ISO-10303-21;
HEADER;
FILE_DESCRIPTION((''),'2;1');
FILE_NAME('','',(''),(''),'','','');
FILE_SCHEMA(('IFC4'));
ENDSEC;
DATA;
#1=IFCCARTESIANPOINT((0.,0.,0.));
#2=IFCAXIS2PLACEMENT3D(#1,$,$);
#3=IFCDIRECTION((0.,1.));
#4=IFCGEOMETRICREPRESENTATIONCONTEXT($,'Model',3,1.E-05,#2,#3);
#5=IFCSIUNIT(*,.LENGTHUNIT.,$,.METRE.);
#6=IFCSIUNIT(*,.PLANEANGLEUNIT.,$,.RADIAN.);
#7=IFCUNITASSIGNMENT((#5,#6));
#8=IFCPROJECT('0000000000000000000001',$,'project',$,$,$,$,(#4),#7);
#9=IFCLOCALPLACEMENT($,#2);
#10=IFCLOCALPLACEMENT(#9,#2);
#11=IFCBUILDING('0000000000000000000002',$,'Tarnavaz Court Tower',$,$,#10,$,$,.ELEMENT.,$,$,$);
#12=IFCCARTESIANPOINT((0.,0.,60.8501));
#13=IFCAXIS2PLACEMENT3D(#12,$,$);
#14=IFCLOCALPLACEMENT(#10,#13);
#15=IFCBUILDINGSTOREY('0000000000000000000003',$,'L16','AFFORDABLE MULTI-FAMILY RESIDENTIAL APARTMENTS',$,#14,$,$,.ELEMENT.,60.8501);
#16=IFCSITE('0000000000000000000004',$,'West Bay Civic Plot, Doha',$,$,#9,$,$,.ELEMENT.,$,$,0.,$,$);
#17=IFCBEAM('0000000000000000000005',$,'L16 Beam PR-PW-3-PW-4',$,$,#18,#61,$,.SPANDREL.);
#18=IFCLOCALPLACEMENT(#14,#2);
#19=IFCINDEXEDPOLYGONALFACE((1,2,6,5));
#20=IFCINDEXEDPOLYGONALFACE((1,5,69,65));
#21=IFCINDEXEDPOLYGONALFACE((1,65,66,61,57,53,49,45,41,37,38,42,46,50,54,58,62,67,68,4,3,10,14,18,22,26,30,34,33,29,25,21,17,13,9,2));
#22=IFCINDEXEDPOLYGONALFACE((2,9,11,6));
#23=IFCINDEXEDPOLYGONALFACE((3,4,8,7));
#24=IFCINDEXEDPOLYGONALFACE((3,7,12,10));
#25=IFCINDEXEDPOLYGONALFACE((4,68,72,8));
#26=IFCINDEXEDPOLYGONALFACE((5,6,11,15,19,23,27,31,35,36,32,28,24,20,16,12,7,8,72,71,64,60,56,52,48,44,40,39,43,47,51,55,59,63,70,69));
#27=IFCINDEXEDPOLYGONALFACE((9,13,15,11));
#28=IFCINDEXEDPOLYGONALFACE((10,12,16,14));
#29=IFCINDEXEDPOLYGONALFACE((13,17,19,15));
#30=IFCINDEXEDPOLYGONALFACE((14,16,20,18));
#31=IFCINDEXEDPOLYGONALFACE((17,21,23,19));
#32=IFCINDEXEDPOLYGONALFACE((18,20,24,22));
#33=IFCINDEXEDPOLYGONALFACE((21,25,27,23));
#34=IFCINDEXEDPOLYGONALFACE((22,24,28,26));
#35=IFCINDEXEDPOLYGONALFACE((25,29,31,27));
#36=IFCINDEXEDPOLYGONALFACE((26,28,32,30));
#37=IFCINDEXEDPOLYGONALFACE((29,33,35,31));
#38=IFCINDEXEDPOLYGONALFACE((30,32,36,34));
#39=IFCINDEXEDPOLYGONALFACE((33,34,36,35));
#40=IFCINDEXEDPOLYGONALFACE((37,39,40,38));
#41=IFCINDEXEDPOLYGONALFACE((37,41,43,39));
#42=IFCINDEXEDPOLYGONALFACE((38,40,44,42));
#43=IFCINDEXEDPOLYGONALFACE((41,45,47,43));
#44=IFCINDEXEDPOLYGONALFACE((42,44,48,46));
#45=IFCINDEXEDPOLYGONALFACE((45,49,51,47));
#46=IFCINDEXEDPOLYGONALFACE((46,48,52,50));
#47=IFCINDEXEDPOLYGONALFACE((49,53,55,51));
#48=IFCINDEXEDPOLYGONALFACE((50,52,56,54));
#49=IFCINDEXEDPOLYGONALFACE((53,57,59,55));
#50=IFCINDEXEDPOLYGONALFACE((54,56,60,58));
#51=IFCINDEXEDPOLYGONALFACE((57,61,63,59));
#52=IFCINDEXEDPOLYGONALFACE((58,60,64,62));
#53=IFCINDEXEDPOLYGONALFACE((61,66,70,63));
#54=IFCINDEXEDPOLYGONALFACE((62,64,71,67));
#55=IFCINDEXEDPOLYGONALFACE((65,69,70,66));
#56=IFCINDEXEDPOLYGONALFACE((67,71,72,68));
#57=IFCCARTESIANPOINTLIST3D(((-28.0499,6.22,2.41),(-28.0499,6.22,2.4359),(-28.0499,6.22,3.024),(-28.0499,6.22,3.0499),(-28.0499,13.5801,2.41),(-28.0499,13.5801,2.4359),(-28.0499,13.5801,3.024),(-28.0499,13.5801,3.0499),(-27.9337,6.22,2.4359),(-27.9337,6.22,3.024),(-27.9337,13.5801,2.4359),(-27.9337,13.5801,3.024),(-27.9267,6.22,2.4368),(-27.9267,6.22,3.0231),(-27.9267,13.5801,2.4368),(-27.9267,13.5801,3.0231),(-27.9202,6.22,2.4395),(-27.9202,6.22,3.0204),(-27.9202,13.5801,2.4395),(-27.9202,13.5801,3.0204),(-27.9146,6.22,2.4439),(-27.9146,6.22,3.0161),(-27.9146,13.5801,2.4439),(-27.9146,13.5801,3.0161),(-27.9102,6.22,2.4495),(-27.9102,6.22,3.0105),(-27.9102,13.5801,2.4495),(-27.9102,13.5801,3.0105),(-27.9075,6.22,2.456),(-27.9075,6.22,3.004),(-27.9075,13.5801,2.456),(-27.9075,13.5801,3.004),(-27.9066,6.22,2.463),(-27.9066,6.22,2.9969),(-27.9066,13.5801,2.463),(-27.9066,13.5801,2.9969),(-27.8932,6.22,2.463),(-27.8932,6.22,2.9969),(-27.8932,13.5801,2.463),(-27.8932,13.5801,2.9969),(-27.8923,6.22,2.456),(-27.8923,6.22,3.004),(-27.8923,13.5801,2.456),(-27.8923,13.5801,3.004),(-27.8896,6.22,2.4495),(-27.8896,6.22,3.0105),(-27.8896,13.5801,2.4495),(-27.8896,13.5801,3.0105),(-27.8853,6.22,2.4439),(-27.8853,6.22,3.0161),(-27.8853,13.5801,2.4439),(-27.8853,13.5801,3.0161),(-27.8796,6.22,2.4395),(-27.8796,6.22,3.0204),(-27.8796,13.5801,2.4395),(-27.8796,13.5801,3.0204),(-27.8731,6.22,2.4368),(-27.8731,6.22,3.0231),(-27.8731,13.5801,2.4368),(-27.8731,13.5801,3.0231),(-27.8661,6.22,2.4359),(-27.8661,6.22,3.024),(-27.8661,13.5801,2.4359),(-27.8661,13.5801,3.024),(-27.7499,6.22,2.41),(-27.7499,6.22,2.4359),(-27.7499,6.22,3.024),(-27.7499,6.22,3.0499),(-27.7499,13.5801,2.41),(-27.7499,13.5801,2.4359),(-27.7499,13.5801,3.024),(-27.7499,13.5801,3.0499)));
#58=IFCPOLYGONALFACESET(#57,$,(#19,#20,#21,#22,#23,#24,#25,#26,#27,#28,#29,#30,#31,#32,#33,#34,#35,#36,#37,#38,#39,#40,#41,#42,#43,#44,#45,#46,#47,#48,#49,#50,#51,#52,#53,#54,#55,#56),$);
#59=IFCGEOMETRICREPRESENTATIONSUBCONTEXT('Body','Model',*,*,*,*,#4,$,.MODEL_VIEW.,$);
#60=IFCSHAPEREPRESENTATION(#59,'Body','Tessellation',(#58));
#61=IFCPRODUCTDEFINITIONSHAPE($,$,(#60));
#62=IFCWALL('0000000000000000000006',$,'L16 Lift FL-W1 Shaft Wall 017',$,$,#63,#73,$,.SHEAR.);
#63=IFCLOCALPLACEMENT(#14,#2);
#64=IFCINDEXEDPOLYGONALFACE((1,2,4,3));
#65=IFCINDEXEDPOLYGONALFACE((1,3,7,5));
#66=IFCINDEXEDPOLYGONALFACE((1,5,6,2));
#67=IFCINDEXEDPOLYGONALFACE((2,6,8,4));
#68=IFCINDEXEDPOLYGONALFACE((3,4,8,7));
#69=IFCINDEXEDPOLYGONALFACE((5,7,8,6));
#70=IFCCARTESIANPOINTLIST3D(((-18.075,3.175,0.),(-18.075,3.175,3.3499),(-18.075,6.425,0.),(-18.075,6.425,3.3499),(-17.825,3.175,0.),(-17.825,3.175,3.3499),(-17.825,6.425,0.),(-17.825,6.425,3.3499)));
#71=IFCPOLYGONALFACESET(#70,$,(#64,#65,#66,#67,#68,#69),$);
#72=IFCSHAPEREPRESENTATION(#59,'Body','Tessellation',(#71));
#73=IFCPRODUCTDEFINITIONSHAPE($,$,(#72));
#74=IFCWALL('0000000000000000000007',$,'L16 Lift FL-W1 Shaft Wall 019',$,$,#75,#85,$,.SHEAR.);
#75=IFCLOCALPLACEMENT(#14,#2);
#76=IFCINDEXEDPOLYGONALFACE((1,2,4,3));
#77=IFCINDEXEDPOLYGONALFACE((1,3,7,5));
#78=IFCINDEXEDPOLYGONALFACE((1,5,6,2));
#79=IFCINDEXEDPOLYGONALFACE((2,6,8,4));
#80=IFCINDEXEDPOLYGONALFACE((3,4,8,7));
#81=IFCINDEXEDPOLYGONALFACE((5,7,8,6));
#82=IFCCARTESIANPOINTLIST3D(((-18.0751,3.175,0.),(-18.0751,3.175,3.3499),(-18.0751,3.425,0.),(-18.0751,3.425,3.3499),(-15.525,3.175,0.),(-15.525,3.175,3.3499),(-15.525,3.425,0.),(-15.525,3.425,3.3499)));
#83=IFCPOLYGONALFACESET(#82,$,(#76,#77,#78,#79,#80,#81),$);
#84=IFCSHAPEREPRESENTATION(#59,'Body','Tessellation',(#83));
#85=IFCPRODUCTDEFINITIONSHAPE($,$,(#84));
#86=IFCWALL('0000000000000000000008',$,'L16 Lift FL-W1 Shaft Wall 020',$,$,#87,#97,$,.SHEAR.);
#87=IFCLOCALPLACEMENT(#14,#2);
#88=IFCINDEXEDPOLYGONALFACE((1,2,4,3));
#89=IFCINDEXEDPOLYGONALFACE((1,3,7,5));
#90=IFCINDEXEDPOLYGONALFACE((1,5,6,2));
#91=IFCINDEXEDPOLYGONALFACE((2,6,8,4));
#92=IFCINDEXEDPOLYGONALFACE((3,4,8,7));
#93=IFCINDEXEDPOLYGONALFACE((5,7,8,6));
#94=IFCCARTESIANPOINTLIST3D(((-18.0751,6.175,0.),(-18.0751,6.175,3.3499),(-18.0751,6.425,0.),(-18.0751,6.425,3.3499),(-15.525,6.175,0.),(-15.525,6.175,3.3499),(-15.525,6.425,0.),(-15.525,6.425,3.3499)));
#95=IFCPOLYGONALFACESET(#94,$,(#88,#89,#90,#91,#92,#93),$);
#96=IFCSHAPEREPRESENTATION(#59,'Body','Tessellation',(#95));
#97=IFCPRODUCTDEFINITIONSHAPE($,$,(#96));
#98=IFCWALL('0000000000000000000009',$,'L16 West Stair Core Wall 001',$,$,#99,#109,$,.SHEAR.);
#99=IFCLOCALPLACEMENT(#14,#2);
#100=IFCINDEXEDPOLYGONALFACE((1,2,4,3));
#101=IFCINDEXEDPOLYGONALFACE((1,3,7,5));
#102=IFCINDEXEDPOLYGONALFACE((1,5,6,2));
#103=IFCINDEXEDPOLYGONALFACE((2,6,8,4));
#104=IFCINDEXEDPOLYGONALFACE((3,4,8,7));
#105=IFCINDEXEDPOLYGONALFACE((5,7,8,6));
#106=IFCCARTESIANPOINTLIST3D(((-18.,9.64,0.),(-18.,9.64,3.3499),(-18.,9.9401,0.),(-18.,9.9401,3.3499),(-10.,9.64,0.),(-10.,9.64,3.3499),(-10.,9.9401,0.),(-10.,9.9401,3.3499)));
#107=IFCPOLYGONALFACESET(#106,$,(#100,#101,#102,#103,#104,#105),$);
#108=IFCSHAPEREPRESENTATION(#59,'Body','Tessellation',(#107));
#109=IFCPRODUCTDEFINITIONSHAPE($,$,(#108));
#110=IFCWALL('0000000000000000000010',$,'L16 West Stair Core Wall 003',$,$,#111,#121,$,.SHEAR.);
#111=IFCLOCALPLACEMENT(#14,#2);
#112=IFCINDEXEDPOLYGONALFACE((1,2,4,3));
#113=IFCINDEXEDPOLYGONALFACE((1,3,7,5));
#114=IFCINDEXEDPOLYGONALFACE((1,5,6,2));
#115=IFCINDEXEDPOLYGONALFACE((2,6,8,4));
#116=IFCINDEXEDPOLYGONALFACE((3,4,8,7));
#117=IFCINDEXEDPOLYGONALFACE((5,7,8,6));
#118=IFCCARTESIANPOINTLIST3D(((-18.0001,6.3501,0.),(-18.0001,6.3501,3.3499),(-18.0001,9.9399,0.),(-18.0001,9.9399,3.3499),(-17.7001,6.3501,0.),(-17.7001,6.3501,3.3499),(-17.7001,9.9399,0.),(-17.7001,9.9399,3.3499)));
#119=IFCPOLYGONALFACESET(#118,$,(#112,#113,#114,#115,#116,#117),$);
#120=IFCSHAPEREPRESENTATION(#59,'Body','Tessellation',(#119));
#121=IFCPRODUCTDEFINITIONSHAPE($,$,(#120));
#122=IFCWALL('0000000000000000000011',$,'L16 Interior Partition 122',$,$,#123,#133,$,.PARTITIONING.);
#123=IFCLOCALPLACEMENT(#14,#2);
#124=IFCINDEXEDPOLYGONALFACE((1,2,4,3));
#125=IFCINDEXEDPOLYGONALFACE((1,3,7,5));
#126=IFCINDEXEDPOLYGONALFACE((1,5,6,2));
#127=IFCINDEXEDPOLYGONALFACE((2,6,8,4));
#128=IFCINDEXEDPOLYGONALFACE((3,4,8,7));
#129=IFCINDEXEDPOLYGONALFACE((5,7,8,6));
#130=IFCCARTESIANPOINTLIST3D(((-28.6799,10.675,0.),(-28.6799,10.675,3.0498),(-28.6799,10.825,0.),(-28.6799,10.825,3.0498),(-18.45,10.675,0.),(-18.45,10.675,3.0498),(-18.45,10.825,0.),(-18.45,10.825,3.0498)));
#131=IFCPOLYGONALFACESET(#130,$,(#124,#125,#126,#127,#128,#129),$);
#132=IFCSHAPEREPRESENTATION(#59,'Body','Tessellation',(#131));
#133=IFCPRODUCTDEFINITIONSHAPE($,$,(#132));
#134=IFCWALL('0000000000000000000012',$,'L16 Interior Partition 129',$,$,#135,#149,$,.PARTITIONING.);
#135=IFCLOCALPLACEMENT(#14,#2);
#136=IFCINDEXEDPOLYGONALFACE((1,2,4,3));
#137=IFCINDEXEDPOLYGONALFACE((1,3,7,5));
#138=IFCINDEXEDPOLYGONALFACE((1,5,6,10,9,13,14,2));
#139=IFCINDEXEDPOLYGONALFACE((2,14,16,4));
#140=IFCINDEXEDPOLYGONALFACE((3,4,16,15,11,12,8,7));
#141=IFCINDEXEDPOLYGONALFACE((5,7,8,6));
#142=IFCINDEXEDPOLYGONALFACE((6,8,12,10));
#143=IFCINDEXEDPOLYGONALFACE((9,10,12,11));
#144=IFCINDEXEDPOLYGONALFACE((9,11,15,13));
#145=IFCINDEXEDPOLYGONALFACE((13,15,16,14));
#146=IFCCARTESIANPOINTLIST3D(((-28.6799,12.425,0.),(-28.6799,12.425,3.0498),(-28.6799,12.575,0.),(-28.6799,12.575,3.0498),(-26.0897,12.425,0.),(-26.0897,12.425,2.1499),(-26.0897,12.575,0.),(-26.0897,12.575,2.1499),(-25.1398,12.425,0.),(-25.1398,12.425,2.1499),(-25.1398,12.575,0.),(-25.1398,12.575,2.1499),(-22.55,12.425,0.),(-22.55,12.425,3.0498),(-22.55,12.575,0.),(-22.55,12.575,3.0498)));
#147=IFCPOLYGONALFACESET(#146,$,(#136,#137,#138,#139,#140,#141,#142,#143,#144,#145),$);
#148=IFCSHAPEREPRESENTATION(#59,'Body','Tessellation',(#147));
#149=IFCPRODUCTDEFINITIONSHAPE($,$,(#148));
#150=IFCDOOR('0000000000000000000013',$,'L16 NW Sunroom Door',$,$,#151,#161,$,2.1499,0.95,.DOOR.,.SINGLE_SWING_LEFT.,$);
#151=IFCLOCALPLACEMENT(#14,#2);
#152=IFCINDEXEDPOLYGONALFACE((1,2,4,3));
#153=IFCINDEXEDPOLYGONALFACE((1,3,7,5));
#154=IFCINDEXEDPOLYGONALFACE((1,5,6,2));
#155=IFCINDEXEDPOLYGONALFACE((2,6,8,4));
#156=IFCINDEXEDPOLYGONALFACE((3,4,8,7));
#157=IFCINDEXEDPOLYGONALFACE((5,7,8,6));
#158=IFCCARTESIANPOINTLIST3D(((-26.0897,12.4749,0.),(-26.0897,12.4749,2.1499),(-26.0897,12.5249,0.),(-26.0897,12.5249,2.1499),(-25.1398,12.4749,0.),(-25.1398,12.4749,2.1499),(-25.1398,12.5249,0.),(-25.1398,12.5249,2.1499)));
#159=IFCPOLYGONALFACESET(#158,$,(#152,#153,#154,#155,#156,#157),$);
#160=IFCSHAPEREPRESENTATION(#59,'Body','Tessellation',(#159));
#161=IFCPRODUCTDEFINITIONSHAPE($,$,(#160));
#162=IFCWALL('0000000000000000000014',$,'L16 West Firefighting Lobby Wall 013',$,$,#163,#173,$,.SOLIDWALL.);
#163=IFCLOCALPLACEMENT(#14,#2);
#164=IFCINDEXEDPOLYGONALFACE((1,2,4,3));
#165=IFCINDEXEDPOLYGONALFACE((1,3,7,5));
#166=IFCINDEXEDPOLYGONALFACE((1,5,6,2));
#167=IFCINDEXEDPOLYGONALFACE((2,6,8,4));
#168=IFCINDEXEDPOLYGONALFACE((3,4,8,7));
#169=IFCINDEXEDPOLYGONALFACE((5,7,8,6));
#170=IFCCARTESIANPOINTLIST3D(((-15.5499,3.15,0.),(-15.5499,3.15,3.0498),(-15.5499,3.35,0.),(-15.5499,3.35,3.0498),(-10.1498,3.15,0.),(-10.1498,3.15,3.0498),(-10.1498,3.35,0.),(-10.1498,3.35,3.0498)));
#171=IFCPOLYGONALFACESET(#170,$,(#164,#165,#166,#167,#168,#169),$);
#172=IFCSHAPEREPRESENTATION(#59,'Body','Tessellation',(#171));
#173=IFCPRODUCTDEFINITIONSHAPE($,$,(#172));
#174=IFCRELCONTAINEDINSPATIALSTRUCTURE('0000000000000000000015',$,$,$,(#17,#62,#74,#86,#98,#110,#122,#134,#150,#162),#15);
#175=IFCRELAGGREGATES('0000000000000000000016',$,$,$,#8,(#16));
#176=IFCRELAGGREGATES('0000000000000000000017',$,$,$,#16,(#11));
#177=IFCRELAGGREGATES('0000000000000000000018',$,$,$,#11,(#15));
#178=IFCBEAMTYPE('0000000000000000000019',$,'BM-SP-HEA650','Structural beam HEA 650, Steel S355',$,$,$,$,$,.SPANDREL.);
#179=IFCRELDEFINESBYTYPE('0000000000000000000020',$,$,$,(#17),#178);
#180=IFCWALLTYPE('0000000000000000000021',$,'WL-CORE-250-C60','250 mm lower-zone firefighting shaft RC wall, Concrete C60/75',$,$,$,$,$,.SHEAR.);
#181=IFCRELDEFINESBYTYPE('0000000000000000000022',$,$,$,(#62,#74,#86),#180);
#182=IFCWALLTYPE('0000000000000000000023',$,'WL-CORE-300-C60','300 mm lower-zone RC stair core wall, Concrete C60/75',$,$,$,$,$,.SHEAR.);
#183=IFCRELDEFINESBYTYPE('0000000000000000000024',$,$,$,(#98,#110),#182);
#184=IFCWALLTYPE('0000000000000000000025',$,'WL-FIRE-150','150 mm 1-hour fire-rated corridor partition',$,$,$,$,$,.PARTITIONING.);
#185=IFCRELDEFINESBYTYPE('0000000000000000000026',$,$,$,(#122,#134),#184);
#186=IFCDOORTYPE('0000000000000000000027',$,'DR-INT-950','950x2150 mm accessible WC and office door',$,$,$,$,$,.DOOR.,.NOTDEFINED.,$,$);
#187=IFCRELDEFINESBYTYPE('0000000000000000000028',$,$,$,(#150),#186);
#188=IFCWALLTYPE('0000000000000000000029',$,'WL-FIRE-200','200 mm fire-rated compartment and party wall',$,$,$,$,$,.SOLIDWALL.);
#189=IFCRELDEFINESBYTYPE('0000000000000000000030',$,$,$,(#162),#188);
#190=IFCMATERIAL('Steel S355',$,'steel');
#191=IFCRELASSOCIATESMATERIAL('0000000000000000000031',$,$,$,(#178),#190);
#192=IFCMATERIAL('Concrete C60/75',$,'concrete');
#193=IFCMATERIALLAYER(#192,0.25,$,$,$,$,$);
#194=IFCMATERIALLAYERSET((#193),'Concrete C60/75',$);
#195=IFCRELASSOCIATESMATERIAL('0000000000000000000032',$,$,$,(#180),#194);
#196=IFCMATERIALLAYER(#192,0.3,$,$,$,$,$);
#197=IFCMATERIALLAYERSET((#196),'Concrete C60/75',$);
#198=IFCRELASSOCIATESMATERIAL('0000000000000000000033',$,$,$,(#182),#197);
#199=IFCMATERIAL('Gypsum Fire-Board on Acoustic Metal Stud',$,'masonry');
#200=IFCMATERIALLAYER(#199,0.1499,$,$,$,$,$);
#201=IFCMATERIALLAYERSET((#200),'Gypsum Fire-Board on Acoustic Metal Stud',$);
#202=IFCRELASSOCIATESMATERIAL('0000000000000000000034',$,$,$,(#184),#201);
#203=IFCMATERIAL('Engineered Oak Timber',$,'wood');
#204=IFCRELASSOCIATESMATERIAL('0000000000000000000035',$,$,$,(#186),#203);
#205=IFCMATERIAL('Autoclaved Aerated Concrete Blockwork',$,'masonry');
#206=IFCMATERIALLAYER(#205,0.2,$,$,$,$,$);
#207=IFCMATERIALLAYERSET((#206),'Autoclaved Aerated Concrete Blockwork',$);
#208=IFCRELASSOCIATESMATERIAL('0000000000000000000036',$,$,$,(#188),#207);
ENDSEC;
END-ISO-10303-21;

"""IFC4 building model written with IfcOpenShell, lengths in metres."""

from ifc_helpers import new_model, si_unit, direction, frame, frame_2d, origin, origin_2d, place, context, subcontext, project, spatial, rectangle, i_section, extrude, material, layer, layer_set, material_profile, profile_set, type_object, element, fill, save


model = new_model("IFC4")

# Units and contexts
model_context = context("Model", 3, precision=1e-05, world=origin(), true_north=direction((0.0, 1.0)))
body_context = subcontext(model_context, "Body", "Model", "MODEL_VIEW")
ifc_project = project(units=[si_unit("LENGTHUNIT", "METRE"), si_unit("PLANEANGLEUNIT", "RADIAN")], contexts=[model_context])

# Site, building, storey
site_placement = place(None, origin())
site = spatial("IfcSite", under=ifc_project, at=site_placement, Name="West Bay Civic Plot, Doha", CompositionType="ELEMENT", RefElevation=0.0)
building_placement = place(site_placement, origin())
building = spatial("IfcBuilding", under=site, at=building_placement, Name="Tarnavaz Court Tower", CompositionType="ELEMENT")
storey_placement = place(building_placement, frame((0.0, 0.0, 60.8501)))
storey = spatial("IfcBuildingStorey", under=building, at=storey_placement, Name="L16", Description="AFFORDABLE MULTI-FAMILY RESIDENTIAL APARTMENTS", CompositionType="ELEMENT", Elevation=60.8501)

# Shared definitions
ifc_material_1 = material(Name="Concrete C60/75", Category="concrete")

# Beam
ifc_material_2 = material(Name="Steel S355", Category="steel")
ifc_material_profile_1 = material_profile(ifc_material_2, i_section(OverallWidth=0.3, OverallDepth=0.6399, WebThickness=0.0134, FlangeThickness=0.0259, FilletRadius=0.0271, at=origin_2d()), Name="HEA 650")
ifc_profile_set_1 = profile_set([ifc_material_profile_1], Name="Steel S355")
beam_type_1 = type_object("IfcBeamType", Name="BM-SP-HEA650", Description="Structural beam HEA 650, Steel S355", PredefinedType="SPANDREL", material=ifc_profile_set_1)
beam_1_placement = place(storey_placement, frame((-27.8999, 6.22, 2.73), z_axis=(0.0, 1.0, 0.0), x_axis=(-1.0, 0.0, 0.0)))
element("IfcBeam", 1, at=beam_1_placement, inside=storey, type_object=beam_type_1, Name="L16 Beam PR-PW-3-PW-4", PredefinedType="SPANDREL", context=body_context, shape_type="SweptSolid", body=[
    extrude(i_section(OverallWidth=0.3, OverallDepth=0.6399, WebThickness=0.0134, FlangeThickness=0.0259, FilletRadius=0.0271, at=origin_2d()), origin(), (0.0, 0.0, 1.0), 7.3601),
])

# Wall
ifc_layer_1 = layer(ifc_material_1, 0.25)
ifc_layer_set_1 = layer_set([ifc_layer_1], Name="Concrete C60/75")
wall_type_1 = type_object("IfcWallType", Name="WL-CORE-250-C60", Description="250 mm lower-zone firefighting shaft RC wall, Concrete C60/75", PredefinedType="SHEAR", material=ifc_layer_set_1)
wall_1_placement = place(storey_placement, frame((-17.95, 3.175, 0.0), z_axis=(0.0, 0.0, 1.0), x_axis=(0.0, 1.0, 0.0)))
element("IfcWall", 2, at=wall_1_placement, inside=storey, type_object=wall_type_1, Name="L16 Lift FL-W1 Shaft Wall 017", PredefinedType="SHEAR", context=body_context, shape_type="SweptSolid", body=[
    extrude(rectangle(XDim=3.25, YDim=0.25, at=frame_2d((1.625, 0.0))), origin(), (0.0, 0.0, 1.0), 3.3499),
])

# Walls
for number, where, z_axis, x_axis, name in (
    (3, (-18.075, 3.3, 0.0), (0.0, 0.0, 1.0), (1.0, 0.0, 0.0), "L16 Lift FL-W1 Shaft Wall 019"),
    (4, (-18.075, 6.3, 0.0), (0.0, 0.0, 1.0), (1.0, 0.0, 0.0), "L16 Lift FL-W1 Shaft Wall 020"),
):
    element("IfcWall", number, at=place(storey_placement, frame(where, z_axis=z_axis, x_axis=x_axis)), inside=storey, type_object=wall_type_1, Name=name, PredefinedType="SHEAR", context=body_context, shape_type="SweptSolid", body=[
        extrude(rectangle(XDim=2.55, YDim=0.25, at=frame_2d((1.2749, 0.0))), origin(), (0.0, 0.0, 1.0), 3.3499),
    ])
ifc_layer_2 = layer(ifc_material_1, 0.3)
ifc_layer_set_2 = layer_set([ifc_layer_2], Name="Concrete C60/75")
wall_type_2 = type_object("IfcWallType", Name="WL-CORE-300-C60", Description="300 mm lower-zone RC stair core wall, Concrete C60/75", PredefinedType="SHEAR", material=ifc_layer_set_2)
wall_2_placement = place(storey_placement, frame((-18.0, 9.79, 0.0), z_axis=(0.0, 0.0, 1.0), x_axis=(1.0, 0.0, 0.0)))
element("IfcWall", 5, at=wall_2_placement, inside=storey, type_object=wall_type_2, Name="L16 West Stair Core Wall 001", PredefinedType="SHEAR", context=body_context, shape_type="SweptSolid", body=[
    extrude(rectangle(XDim=8.0, YDim=0.3, at=frame_2d((4.0, 0.0))), origin(), (0.0, 0.0, 1.0), 3.3499),
])

# Walls
wall_3_placement = place(storey_placement, frame((-17.8501, 6.3501, 0.0), z_axis=(0.0, 0.0, 1.0), x_axis=(0.0, 1.0, 0.0)))
element("IfcWall", 6, at=wall_3_placement, inside=storey, type_object=wall_type_2, Name="L16 West Stair Core Wall 003", PredefinedType="SHEAR", context=body_context, shape_type="SweptSolid", body=[
    extrude(rectangle(XDim=3.5898, YDim=0.3, at=frame_2d((1.7949, 0.0))), origin(), (0.0, 0.0, 1.0), 3.3499),
])
ifc_material_3 = material(Name="Gypsum Fire-Board on Acoustic Metal Stud", Category="masonry")
ifc_layer_3 = layer(ifc_material_3, 0.1499)
ifc_layer_set_3 = layer_set([ifc_layer_3], Name="Gypsum Fire-Board on Acoustic Metal Stud")
wall_type_3 = type_object("IfcWallType", Name="WL-FIRE-150", Description="150 mm 1-hour fire-rated corridor partition", PredefinedType="PARTITIONING", material=ifc_layer_set_3)
wall_4_placement = place(storey_placement, frame((-28.6799, 10.75, 0.0), z_axis=(0.0, 0.0, 1.0), x_axis=(1.0, 0.0, 0.0)))
element("IfcWall", 7, at=wall_4_placement, inside=storey, type_object=wall_type_3, Name="L16 Interior Partition 122", PredefinedType="PARTITIONING", context=body_context, shape_type="SweptSolid", body=[
    extrude(rectangle(XDim=10.23, YDim=0.1499, at=frame_2d((5.115, 0.0))), origin(), (0.0, 0.0, 1.0), 3.0498),
])

# Wall, opening, door
wall_5_placement = place(storey_placement, frame((-28.6799, 12.5, 0.0), z_axis=(0.0, 0.0, 1.0), x_axis=(1.0, 0.0, 0.0)))
wall_5 = element("IfcWall", 8, at=wall_5_placement, inside=storey, type_object=wall_type_3, Name="L16 Interior Partition 129", PredefinedType="PARTITIONING", context=body_context, shape_type="SweptSolid", body=[
    extrude(rectangle(XDim=6.1299, YDim=0.1499, at=frame_2d((3.0649, 0.0))), origin(), (0.0, 0.0, 1.0), 3.0498),
])
opening_1_placement = place(wall_5_placement, frame((2.5901, 0.0, 0.0)))
opening_1 = element("IfcOpeningElement", 9, at=opening_1_placement, cuts=wall_5, PredefinedType="OPENING", context=body_context, shape_type="SweptSolid", body=[
    extrude(rectangle(XDim=0.95, YDim=2.1499, at=frame_2d((0.4751, 1.075))), frame((0.0, 0.085, 0.0), z_axis=(0.0, -1.0, 0.0), x_axis=(1.0, 0.0, 0.0)), (0.0, 0.0, 1.0), 0.1699),
])
ifc_material_4 = material(Name="Engineered Oak Timber", Category="wood")
door_type_1 = type_object("IfcDoorType", Name="DR-INT-950", Description="950x2150 mm accessible WC and office door", OperationType="NOTDEFINED", PredefinedType="DOOR", material=ifc_material_4)
door_1_placement = place(opening_1_placement, origin())
door_1 = element("IfcDoor", 10, at=door_1_placement, inside=storey, type_object=door_type_1, Name="L16 NW Sunroom Door", OperationType="SINGLE_SWING_LEFT", OverallHeight=2.1499, OverallWidth=0.95, PredefinedType="DOOR", context=body_context, shape_type="SweptSolid", body=[
    extrude(rectangle(XDim=0.95, YDim=2.1499, at=frame_2d((0.4751, 1.075))), frame((0.0, 0.0249, 0.0), z_axis=(0.0, -1.0, 0.0), x_axis=(1.0, 0.0, 0.0)), (0.0, 0.0, 1.0), 0.05),
])
fill(opening_1, door_1)

# Wall
ifc_material_5 = material(Name="Autoclaved Aerated Concrete Blockwork", Category="masonry")
ifc_layer_4 = layer(ifc_material_5, 0.2)
ifc_layer_set_4 = layer_set([ifc_layer_4], Name="Autoclaved Aerated Concrete Blockwork")
wall_type_4 = type_object("IfcWallType", Name="WL-FIRE-200", Description="200 mm fire-rated compartment and party wall", PredefinedType="SOLIDWALL", material=ifc_layer_set_4)
wall_6_placement = place(storey_placement, frame((-15.55, 3.25, 0.0), z_axis=(0.0, 0.0, 1.0), x_axis=(1.0, 0.0, 0.0)))
element("IfcWall", 11, at=wall_6_placement, inside=storey, type_object=wall_type_4, Name="L16 West Firefighting Lobby Wall 013", PredefinedType="SOLIDWALL", context=body_context, shape_type="SweptSolid", body=[
    extrude(rectangle(XDim=5.4001, YDim=0.2, at=frame_2d((2.7002, 0.0))), origin(), (0.0, 0.0, 1.0), 3.0498),
])

save(model, "model.ifc")
